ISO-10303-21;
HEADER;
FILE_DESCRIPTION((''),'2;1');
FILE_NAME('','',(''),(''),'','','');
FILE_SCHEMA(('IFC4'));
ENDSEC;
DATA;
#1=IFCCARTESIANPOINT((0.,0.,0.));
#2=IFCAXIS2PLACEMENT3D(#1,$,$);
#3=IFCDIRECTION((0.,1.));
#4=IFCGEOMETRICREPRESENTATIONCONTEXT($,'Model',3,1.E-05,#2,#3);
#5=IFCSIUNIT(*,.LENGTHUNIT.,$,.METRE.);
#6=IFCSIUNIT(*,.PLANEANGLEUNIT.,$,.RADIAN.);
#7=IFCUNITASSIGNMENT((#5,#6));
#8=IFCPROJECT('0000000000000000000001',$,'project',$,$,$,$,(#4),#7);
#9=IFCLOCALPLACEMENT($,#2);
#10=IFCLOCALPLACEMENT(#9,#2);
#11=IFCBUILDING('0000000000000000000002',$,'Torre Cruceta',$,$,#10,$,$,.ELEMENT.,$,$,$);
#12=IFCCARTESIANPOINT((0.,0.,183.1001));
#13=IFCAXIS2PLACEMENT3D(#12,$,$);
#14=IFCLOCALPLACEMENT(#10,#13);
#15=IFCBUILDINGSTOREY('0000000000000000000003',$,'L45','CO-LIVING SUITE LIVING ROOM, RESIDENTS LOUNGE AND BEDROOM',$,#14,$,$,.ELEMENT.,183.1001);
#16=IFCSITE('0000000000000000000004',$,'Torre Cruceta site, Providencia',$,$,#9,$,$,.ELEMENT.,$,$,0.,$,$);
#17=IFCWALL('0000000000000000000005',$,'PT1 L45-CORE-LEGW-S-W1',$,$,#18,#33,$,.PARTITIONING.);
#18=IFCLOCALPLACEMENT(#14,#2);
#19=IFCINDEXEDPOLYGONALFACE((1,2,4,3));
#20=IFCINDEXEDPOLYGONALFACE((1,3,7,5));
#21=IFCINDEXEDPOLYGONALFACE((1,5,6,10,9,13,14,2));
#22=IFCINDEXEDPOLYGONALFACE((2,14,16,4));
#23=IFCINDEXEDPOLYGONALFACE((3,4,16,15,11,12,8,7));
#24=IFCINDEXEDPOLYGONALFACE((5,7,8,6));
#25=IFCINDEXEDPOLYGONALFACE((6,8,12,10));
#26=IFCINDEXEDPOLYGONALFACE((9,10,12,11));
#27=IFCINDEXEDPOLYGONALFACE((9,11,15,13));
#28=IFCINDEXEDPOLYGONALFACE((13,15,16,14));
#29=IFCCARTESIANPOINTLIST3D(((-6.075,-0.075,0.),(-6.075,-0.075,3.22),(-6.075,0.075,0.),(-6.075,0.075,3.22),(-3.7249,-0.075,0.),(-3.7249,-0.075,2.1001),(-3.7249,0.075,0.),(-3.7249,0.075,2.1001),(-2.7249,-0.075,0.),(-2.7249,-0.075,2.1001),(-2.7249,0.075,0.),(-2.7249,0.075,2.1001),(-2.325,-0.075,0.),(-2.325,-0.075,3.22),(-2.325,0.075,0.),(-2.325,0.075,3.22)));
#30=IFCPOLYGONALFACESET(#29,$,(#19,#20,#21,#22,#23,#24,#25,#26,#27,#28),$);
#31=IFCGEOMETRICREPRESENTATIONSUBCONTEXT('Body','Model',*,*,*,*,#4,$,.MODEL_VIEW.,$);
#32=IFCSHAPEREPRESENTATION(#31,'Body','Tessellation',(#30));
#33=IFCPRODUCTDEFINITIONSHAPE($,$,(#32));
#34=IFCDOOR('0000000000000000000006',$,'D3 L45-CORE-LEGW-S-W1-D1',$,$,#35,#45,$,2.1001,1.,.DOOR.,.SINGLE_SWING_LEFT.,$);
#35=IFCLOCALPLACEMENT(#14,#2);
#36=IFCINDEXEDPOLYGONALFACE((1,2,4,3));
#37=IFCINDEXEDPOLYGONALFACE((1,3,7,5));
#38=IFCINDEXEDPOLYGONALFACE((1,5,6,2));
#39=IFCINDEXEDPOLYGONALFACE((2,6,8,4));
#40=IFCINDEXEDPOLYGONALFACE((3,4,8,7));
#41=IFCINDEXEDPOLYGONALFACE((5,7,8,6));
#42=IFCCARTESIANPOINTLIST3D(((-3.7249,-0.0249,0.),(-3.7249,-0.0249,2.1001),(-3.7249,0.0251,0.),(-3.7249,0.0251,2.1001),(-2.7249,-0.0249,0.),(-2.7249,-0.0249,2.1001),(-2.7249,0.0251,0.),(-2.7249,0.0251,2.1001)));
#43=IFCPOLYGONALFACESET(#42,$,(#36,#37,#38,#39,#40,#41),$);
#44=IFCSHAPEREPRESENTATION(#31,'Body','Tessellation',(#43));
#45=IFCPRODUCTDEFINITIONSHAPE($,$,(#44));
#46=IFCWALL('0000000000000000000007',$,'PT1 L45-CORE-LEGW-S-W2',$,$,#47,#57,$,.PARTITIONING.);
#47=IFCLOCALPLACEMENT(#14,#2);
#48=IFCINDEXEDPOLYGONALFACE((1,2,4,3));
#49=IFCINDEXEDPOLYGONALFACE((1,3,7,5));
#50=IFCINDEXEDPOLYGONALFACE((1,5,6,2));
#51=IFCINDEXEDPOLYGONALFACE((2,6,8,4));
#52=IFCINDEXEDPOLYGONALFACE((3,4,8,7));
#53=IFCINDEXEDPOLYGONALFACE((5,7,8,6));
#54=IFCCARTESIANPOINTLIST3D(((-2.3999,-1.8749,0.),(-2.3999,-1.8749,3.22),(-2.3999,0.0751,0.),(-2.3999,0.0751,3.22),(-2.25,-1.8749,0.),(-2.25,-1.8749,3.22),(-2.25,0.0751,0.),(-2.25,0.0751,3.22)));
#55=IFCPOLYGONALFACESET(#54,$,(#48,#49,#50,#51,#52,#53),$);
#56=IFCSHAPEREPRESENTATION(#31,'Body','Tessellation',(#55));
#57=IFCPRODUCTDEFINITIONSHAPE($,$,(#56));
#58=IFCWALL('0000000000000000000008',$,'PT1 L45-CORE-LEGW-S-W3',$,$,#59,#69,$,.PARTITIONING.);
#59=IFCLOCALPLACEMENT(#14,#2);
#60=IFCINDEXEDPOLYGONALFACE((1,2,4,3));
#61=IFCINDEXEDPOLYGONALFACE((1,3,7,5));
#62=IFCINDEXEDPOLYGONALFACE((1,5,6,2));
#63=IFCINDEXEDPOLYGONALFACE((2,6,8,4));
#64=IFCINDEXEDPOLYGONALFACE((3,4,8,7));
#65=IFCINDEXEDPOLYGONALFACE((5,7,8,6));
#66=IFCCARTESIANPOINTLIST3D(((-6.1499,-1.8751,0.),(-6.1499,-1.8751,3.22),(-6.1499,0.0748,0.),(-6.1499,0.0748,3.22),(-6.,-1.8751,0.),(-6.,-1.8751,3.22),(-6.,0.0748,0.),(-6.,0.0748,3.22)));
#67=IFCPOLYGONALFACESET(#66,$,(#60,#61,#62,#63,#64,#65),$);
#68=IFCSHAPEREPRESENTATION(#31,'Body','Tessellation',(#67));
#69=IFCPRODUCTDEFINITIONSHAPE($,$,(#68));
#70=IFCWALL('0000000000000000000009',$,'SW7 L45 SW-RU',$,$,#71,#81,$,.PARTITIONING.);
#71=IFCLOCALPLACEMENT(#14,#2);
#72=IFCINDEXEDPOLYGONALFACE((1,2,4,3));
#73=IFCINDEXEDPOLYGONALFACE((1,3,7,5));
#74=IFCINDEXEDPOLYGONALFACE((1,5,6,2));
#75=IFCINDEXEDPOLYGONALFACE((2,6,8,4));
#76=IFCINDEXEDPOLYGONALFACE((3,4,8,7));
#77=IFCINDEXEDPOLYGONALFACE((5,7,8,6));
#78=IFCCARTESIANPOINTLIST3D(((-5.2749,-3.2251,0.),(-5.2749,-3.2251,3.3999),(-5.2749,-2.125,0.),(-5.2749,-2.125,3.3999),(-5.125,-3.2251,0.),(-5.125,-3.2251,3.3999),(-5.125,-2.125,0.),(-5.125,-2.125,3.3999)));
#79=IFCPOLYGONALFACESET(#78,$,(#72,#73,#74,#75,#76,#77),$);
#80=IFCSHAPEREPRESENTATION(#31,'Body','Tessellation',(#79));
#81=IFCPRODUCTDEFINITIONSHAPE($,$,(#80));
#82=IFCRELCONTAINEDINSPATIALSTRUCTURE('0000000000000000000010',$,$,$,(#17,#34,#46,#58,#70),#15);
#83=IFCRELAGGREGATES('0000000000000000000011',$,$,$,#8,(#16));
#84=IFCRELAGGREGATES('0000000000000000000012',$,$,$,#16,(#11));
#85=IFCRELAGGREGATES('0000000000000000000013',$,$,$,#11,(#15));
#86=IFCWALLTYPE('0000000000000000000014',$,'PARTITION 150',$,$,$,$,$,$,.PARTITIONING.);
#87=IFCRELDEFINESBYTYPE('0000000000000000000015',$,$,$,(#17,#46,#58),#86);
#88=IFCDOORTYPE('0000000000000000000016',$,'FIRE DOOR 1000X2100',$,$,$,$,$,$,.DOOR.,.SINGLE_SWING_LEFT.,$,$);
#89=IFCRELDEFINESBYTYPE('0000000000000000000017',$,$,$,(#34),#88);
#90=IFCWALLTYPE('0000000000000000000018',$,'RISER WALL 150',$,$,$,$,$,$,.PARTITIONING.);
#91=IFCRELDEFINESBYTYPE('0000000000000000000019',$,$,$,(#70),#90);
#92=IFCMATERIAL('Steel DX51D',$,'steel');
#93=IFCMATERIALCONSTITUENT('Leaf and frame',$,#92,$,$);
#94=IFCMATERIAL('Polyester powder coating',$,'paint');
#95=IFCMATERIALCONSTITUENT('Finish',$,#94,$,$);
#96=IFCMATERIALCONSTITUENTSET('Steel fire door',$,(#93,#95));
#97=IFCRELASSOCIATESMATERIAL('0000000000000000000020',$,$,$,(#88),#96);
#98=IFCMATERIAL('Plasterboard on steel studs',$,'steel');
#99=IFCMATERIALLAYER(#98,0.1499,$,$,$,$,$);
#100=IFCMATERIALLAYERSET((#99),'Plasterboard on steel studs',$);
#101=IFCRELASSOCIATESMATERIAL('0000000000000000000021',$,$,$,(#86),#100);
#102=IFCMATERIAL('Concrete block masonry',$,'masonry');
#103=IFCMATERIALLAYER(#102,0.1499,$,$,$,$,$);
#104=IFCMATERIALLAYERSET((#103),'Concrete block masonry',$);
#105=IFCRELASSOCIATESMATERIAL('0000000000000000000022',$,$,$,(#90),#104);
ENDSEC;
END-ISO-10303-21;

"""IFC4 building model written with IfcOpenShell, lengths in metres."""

from ifc_helpers import new_model, si_unit, direction, frame, frame_2d, origin, place, context, subcontext, project, spatial, rectangle, extrude, material, layer, layer_set, constituent, constituent_set, type_object, element, fill, save


model = new_model("IFC4")

# Units and contexts
model_context = context("Model", 3, precision=1e-05, world=origin(), true_north=direction((0.0, 1.0)))
body_context = subcontext(model_context, "Body", "Model", "MODEL_VIEW")
ifc_project = project(units=[si_unit("LENGTHUNIT", "METRE"), si_unit("PLANEANGLEUNIT", "RADIAN")], contexts=[model_context])

# Site, building, storey
site_placement = place(None, origin())
site = spatial("IfcSite", under=ifc_project, at=site_placement, Name="Torre Cruceta site, Providencia", CompositionType="ELEMENT", RefElevation=0.0)
building_placement = place(site_placement, origin())
building = spatial("IfcBuilding", under=site, at=building_placement, Name="Torre Cruceta", CompositionType="ELEMENT")
storey_placement = place(building_placement, frame((0.0, 0.0, 183.1001)))
storey = spatial("IfcBuildingStorey", under=building, at=storey_placement, Name="L45", Description="CO-LIVING SUITE LIVING ROOM, RESIDENTS LOUNGE AND BEDROOM", CompositionType="ELEMENT", Elevation=183.1001)

# Shared definitions
ifc_material_1 = material(Name="Steel DX51D", Category="steel")
ifc_constituent_1 = constituent(ifc_material_1, Name="Leaf and frame")
ifc_material_2 = material(Name="Polyester powder coating", Category="paint")
ifc_constituent_2 = constituent(ifc_material_2, Name="Finish")
ifc_constituent_set_1 = constituent_set(constituents=[ifc_constituent_1, ifc_constituent_2], Name="Steel fire door")
door_type_1 = type_object("IfcDoorType", Name="FIRE DOOR 1000X2100", OperationType="SINGLE_SWING_LEFT", PredefinedType="DOOR", material=ifc_constituent_set_1)

# Wall, opening, door
ifc_material_3 = material(Name="Plasterboard on steel studs", Category="steel")
ifc_layer_1 = layer(ifc_material_3, 0.1499)
ifc_layer_set_1 = layer_set([ifc_layer_1], Name="Plasterboard on steel studs")
wall_type_1 = type_object("IfcWallType", Name="PARTITION 150", PredefinedType="PARTITIONING", material=ifc_layer_set_1)
wall_1_placement = place(storey_placement, frame((-2.325, 0.0, 0.0), z_axis=(0.0, 0.0, 1.0), x_axis=(-1.0, 0.0, 0.0)))
wall_1 = element("IfcWall", 1, at=wall_1_placement, inside=storey, type_object=wall_type_1, Name="PT1 L45-CORE-LEGW-S-W1", PredefinedType="PARTITIONING", context=body_context, shape_type="SweptSolid", body=[
    extrude(rectangle(XDim=3.75, YDim=0.1499, at=frame_2d((1.875, 0.0))), origin(), (0.0, 0.0, 1.0), 3.22),
])
opening_1_placement = place(wall_1_placement, frame((0.3999, 0.0, 0.0)))
opening_1 = element("IfcOpeningElement", 2, at=opening_1_placement, cuts=wall_1, PredefinedType="OPENING", context=body_context, shape_type="SweptSolid", body=[
    extrude(rectangle(XDim=1.0, YDim=2.1001, at=frame_2d((0.5, 1.05))), frame((0.0, 0.085, 0.0), z_axis=(0.0, -1.0, 0.0), x_axis=(1.0, 0.0, 0.0)), (0.0, 0.0, 1.0), 0.1699),
])
door_1_placement = place(opening_1_placement, origin())
door_1 = element("IfcDoor", 3, at=door_1_placement, inside=storey, type_object=door_type_1, Name="D3 L45-CORE-LEGW-S-W1-D1", OperationType="SINGLE_SWING_LEFT", OverallHeight=2.1001, OverallWidth=1.0, PredefinedType="DOOR", context=body_context, shape_type="SweptSolid", body=[
    extrude(rectangle(XDim=1.0, YDim=2.1001, at=frame_2d((0.5, 1.05))), frame((0.0, 0.0249, 0.0), z_axis=(0.0, -1.0, 0.0), x_axis=(1.0, 0.0, 0.0)), (0.0, 0.0, 1.0), 0.05),
])
fill(opening_1, door_1)

# Walls
for number, where, z_axis, x_axis, name in (
    (4, (-2.325, -1.875, 0.0), (0.0, 0.0, 1.0), (0.0, 1.0, 0.0), "PT1 L45-CORE-LEGW-S-W2"),
    (5, (-6.075, 0.075, 0.0), (0.0, 0.0, 1.0), (0.0, -1.0, 0.0), "PT1 L45-CORE-LEGW-S-W3"),
):
    element("IfcWall", number, at=place(storey_placement, frame(where, z_axis=z_axis, x_axis=x_axis)), inside=storey, type_object=wall_type_1, Name=name, PredefinedType="PARTITIONING", context=body_context, shape_type="SweptSolid", body=[
        extrude(rectangle(XDim=1.95, YDim=0.1499, at=frame_2d((0.9751, 0.0))), origin(), (0.0, 0.0, 1.0), 3.22),
    ])
ifc_material_4 = material(Name="Concrete block masonry", Category="masonry")
ifc_layer_2 = layer(ifc_material_4, 0.1499)
ifc_layer_set_2 = layer_set([ifc_layer_2], Name="Concrete block masonry")
wall_type_2 = type_object("IfcWallType", Name="RISER WALL 150", PredefinedType="PARTITIONING", material=ifc_layer_set_2)
wall_2_placement = place(storey_placement, frame((-5.2, -2.125, 0.0), z_axis=(0.0, 0.0, 1.0), x_axis=(0.0, -1.0, 0.0)))
element("IfcWall", 6, at=wall_2_placement, inside=storey, type_object=wall_type_2, Name="SW7 L45 SW-RU", PredefinedType="PARTITIONING", context=body_context, shape_type="SweptSolid", body=[
    extrude(rectangle(XDim=1.1001, YDim=0.1499, at=frame_2d((0.55, 0.0))), origin(), (0.0, 0.0, 1.0), 3.3999),
])

save(model, "model.ifc")
